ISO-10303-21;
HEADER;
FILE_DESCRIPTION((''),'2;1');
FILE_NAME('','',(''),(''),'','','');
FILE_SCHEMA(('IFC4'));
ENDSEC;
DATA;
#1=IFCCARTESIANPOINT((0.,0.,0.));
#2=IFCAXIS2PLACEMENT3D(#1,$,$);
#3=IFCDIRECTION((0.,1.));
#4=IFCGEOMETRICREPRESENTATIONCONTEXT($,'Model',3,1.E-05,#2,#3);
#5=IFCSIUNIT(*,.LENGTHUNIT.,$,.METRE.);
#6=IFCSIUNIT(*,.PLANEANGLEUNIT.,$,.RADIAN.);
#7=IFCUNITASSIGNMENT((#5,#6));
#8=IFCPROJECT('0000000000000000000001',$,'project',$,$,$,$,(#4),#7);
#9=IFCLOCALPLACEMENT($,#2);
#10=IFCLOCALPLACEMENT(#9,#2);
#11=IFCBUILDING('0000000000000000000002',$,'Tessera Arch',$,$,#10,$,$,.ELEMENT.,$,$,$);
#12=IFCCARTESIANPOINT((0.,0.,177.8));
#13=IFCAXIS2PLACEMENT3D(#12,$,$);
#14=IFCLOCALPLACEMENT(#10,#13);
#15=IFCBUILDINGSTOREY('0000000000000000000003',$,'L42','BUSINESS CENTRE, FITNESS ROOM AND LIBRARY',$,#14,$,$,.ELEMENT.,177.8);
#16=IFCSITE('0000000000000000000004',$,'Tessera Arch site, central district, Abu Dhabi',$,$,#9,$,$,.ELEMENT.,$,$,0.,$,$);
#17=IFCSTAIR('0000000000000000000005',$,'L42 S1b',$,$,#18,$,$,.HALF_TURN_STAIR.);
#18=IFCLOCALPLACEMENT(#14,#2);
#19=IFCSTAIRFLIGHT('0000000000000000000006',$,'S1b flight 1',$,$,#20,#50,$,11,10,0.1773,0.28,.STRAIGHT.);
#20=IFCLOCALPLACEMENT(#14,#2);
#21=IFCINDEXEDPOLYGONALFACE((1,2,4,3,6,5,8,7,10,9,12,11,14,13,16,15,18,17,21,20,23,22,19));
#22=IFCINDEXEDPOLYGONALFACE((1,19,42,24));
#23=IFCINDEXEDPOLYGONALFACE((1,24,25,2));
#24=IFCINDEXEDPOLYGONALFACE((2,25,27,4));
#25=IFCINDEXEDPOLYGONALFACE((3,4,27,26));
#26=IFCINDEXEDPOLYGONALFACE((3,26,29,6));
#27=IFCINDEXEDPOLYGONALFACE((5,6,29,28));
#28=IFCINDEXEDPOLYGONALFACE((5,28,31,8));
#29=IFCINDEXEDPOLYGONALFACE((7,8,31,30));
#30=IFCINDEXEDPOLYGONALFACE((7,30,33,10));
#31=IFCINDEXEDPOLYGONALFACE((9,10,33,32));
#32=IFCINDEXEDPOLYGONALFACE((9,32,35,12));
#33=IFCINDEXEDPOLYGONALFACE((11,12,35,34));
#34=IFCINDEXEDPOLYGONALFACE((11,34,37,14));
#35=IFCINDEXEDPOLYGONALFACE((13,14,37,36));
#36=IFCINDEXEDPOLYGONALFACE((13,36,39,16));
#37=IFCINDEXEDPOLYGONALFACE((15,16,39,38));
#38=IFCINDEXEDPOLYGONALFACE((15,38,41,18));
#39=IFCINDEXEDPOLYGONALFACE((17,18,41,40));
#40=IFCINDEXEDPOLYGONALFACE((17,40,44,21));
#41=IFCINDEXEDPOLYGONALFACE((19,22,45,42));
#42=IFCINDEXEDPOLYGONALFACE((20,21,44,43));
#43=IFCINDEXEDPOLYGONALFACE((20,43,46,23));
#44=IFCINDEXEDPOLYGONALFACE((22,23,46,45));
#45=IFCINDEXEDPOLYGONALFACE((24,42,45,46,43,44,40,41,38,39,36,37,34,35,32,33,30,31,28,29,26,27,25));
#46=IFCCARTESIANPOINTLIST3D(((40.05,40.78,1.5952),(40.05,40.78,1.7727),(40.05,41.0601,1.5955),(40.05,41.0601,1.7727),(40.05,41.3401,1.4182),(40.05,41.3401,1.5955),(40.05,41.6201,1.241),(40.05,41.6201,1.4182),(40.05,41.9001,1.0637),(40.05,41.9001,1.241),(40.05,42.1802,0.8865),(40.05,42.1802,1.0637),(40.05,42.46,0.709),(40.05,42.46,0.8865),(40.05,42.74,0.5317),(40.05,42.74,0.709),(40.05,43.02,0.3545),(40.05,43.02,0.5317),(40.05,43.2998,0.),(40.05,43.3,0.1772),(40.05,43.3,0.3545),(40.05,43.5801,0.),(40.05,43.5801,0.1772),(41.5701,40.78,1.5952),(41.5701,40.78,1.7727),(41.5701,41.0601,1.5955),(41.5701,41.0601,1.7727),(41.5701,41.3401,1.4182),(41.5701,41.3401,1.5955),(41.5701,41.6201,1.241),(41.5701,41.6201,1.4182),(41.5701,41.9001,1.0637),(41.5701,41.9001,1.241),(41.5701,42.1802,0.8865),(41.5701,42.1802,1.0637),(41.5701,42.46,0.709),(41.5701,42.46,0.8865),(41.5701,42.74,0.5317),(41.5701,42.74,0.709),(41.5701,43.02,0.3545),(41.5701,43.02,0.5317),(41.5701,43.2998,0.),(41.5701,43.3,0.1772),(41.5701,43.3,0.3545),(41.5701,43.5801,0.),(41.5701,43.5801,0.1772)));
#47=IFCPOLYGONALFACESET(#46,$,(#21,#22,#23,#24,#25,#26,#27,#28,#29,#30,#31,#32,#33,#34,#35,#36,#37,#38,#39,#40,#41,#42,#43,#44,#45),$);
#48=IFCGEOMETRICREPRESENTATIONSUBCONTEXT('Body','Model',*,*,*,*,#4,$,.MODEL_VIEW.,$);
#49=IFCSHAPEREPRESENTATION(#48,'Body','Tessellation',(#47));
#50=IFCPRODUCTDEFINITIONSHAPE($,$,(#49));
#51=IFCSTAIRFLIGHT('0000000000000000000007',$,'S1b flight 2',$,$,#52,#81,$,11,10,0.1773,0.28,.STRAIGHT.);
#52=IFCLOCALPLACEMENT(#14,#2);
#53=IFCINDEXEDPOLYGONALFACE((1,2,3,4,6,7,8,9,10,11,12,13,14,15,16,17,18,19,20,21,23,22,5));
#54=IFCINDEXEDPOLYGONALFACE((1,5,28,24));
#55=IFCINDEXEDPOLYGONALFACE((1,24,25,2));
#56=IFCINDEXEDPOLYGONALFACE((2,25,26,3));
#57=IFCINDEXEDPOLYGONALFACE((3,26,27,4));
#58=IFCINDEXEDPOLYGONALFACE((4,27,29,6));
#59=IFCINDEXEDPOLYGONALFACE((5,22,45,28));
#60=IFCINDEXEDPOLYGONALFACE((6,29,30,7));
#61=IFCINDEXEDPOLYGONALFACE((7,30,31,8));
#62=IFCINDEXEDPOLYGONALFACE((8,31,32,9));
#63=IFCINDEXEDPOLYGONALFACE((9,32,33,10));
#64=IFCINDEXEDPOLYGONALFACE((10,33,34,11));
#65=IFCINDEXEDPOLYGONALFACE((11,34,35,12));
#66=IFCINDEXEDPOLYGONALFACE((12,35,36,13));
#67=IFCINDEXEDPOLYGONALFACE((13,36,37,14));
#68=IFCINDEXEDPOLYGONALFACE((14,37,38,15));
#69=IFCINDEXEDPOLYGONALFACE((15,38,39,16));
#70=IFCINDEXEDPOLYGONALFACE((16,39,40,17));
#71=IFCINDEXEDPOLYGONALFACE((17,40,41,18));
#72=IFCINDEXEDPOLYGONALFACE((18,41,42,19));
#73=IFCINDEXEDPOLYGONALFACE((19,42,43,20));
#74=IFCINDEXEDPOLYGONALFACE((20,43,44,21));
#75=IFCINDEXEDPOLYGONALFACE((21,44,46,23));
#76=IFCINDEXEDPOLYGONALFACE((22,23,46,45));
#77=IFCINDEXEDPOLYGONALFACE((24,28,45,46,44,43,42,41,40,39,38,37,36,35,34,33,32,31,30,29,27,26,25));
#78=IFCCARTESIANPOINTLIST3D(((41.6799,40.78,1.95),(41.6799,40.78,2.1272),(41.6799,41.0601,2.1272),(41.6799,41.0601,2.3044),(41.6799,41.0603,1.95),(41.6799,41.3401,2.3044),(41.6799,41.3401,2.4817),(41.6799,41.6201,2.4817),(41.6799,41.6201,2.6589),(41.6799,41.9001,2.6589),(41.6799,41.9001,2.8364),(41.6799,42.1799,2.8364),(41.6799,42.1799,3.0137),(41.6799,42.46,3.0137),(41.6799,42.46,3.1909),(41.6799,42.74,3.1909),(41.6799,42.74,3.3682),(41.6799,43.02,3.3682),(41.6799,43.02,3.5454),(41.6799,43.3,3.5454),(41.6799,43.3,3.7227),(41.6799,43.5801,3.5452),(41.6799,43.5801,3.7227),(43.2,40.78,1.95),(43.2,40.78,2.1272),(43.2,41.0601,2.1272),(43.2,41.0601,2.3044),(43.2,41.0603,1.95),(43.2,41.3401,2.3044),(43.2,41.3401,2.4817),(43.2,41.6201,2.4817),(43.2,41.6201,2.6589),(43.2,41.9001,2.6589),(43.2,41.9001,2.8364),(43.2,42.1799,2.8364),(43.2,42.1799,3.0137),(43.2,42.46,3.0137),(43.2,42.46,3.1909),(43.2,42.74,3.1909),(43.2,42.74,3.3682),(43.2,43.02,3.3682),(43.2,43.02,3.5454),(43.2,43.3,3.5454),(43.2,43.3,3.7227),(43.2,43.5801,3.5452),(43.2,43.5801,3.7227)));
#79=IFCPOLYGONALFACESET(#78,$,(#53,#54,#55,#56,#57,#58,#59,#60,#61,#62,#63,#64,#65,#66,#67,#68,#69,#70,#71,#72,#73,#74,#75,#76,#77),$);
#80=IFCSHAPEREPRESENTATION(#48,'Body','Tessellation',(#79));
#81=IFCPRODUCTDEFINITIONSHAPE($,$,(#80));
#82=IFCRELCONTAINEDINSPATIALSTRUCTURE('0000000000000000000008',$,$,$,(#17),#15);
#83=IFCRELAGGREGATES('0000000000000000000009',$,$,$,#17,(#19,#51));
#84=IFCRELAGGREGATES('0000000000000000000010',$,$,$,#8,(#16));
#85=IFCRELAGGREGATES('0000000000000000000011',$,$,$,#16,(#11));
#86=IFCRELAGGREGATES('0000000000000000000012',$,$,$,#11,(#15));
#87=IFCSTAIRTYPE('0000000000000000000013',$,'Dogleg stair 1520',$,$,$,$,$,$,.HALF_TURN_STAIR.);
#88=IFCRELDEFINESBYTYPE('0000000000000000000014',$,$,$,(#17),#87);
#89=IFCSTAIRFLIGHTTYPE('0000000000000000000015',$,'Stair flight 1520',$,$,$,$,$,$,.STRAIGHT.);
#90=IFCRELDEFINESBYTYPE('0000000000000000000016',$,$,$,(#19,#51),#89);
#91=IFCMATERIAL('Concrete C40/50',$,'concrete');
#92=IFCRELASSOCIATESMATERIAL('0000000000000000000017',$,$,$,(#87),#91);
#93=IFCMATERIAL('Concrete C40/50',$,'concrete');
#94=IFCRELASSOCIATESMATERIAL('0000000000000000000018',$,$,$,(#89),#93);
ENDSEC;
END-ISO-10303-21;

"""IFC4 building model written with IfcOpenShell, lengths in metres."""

from ifc_helpers import new_model, si_unit, direction, frame, origin, place, context, subcontext, project, spatial, polyline, outline, extrude, material, type_object, element, aggregate, save


model = new_model("IFC4")

# Units and contexts
model_context = context("Model", 3, precision=1e-05, world=origin(), true_north=direction((0.0, 1.0)))
body_context = subcontext(model_context, "Body", "Model", "MODEL_VIEW")
ifc_project = project(units=[si_unit("LENGTHUNIT", "METRE"), si_unit("PLANEANGLEUNIT", "RADIAN")], contexts=[model_context])

# Site, building, storey
site_placement = place(None, origin())
site = spatial("IfcSite", under=ifc_project, at=site_placement, Name="Tessera Arch site, central district, Abu Dhabi", CompositionType="ELEMENT", RefElevation=0.0)
building_placement = place(site_placement, origin())
building = spatial("IfcBuilding", under=site, at=building_placement, Name="Tessera Arch", CompositionType="ELEMENT")
storey_placement = place(building_placement, frame((0.0, 0.0, 177.8)))
storey = spatial("IfcBuildingStorey", under=building, at=storey_placement, Name="L42", Description="BUSINESS CENTRE, FITNESS ROOM AND LIBRARY", CompositionType="ELEMENT", Elevation=177.8)

# Stair, stair flights
ifc_material_1 = material(Name="Concrete C40/50", Category="concrete")
stair_type = type_object("IfcStairType", Name="Dogleg stair 1520", PredefinedType="HALF_TURN_STAIR", material=ifc_material_1)
ifc_material_2 = material(Name="Concrete C40/50", Category="concrete")
stair_flight_type = type_object("IfcStairFlightType", Name="Stair flight 1520", PredefinedType="STRAIGHT", material=ifc_material_2)
stair_1_placement = place(storey_placement, origin())
stair_1 = element("IfcStair", 1, at=stair_1_placement, inside=storey, type_object=stair_type, Name="L42 S1b", PredefinedType="HALF_TURN_STAIR")
stair_flight_1_placement = place(storey_placement, frame((40.8101, 43.5801, 0.0), z_axis=(0.0, 0.0, 1.0), x_axis=(0.0, -1.0, 0.0)))
stair_flight_1 = element("IfcStairFlight", 2, at=stair_flight_1_placement, type_object=stair_flight_type, Name="S1b flight 1", NumberOfRisers=11, NumberOfTreads=10, PredefinedType="STRAIGHT", RiserHeight=0.1773, TreadLength=0.28, context=body_context, shape_type="SweptSolid", body=[
    extrude(outline(polyline([(0.0, 0.0), (0.0, 0.1772), (0.28, 0.1772), (0.28, 0.3545), (0.5601, 0.3545), (0.5601, 0.5317), (0.8401, 0.5317), (0.8401, 0.709), (1.1201, 0.709), (1.1201, 0.8865), (1.3999, 0.8865), (1.3999, 1.0637), (1.6799, 1.0637), (1.6799, 1.241), (1.96, 1.241), (1.96, 1.4182), (2.24, 1.4182), (2.24, 1.5955), (2.52, 1.5955), (2.52, 1.7727), (2.8, 1.7727), (2.8, 1.95), (2.8, 1.5952), (0.2803, 0.0), (0.0, 0.0)])), frame((0.0, 0.76, 0.0), z_axis=(0.0, -1.0, 0.0), x_axis=(1.0, 0.0, 0.0)), (0.0, 0.0, 1.0), 1.52),
])
stair_flight_2_placement = place(storey_placement, frame((42.4399, 40.78, 1.95), z_axis=(0.0, 0.0, 1.0), x_axis=(0.0, 1.0, 0.0)))
stair_flight_2 = element("IfcStairFlight", 3, at=stair_flight_2_placement, type_object=stair_flight_type, Name="S1b flight 2", NumberOfRisers=11, NumberOfTreads=10, PredefinedType="STRAIGHT", RiserHeight=0.1773, TreadLength=0.28, context=body_context, shape_type="SweptSolid", body=[
    extrude(outline(polyline([(0.0, 0.0), (0.0, 0.1772), (0.28, 0.1772), (0.28, 0.3545), (0.5601, 0.3545), (0.5601, 0.5317), (0.8401, 0.5317), (0.8401, 0.709), (1.1201, 0.709), (1.1201, 0.8865), (1.3999, 0.8865), (1.3999, 1.0637), (1.6799, 1.0637), (1.6799, 1.241), (1.96, 1.241), (1.96, 1.4182), (2.24, 1.4182), (2.24, 1.5955), (2.52, 1.5955), (2.52, 1.7727), (2.8, 1.7727), (2.8, 1.95), (2.8, 1.5952), (0.2803, 0.0), (0.0, 0.0)])), frame((0.0, 0.76, 0.0), z_axis=(0.0, -1.0, 0.0), x_axis=(1.0, 0.0, 0.0)), (0.0, 0.0, 1.0), 1.52),
])
aggregate(stair_1, [stair_flight_1, stair_flight_2])

save(model, "model.ifc")
